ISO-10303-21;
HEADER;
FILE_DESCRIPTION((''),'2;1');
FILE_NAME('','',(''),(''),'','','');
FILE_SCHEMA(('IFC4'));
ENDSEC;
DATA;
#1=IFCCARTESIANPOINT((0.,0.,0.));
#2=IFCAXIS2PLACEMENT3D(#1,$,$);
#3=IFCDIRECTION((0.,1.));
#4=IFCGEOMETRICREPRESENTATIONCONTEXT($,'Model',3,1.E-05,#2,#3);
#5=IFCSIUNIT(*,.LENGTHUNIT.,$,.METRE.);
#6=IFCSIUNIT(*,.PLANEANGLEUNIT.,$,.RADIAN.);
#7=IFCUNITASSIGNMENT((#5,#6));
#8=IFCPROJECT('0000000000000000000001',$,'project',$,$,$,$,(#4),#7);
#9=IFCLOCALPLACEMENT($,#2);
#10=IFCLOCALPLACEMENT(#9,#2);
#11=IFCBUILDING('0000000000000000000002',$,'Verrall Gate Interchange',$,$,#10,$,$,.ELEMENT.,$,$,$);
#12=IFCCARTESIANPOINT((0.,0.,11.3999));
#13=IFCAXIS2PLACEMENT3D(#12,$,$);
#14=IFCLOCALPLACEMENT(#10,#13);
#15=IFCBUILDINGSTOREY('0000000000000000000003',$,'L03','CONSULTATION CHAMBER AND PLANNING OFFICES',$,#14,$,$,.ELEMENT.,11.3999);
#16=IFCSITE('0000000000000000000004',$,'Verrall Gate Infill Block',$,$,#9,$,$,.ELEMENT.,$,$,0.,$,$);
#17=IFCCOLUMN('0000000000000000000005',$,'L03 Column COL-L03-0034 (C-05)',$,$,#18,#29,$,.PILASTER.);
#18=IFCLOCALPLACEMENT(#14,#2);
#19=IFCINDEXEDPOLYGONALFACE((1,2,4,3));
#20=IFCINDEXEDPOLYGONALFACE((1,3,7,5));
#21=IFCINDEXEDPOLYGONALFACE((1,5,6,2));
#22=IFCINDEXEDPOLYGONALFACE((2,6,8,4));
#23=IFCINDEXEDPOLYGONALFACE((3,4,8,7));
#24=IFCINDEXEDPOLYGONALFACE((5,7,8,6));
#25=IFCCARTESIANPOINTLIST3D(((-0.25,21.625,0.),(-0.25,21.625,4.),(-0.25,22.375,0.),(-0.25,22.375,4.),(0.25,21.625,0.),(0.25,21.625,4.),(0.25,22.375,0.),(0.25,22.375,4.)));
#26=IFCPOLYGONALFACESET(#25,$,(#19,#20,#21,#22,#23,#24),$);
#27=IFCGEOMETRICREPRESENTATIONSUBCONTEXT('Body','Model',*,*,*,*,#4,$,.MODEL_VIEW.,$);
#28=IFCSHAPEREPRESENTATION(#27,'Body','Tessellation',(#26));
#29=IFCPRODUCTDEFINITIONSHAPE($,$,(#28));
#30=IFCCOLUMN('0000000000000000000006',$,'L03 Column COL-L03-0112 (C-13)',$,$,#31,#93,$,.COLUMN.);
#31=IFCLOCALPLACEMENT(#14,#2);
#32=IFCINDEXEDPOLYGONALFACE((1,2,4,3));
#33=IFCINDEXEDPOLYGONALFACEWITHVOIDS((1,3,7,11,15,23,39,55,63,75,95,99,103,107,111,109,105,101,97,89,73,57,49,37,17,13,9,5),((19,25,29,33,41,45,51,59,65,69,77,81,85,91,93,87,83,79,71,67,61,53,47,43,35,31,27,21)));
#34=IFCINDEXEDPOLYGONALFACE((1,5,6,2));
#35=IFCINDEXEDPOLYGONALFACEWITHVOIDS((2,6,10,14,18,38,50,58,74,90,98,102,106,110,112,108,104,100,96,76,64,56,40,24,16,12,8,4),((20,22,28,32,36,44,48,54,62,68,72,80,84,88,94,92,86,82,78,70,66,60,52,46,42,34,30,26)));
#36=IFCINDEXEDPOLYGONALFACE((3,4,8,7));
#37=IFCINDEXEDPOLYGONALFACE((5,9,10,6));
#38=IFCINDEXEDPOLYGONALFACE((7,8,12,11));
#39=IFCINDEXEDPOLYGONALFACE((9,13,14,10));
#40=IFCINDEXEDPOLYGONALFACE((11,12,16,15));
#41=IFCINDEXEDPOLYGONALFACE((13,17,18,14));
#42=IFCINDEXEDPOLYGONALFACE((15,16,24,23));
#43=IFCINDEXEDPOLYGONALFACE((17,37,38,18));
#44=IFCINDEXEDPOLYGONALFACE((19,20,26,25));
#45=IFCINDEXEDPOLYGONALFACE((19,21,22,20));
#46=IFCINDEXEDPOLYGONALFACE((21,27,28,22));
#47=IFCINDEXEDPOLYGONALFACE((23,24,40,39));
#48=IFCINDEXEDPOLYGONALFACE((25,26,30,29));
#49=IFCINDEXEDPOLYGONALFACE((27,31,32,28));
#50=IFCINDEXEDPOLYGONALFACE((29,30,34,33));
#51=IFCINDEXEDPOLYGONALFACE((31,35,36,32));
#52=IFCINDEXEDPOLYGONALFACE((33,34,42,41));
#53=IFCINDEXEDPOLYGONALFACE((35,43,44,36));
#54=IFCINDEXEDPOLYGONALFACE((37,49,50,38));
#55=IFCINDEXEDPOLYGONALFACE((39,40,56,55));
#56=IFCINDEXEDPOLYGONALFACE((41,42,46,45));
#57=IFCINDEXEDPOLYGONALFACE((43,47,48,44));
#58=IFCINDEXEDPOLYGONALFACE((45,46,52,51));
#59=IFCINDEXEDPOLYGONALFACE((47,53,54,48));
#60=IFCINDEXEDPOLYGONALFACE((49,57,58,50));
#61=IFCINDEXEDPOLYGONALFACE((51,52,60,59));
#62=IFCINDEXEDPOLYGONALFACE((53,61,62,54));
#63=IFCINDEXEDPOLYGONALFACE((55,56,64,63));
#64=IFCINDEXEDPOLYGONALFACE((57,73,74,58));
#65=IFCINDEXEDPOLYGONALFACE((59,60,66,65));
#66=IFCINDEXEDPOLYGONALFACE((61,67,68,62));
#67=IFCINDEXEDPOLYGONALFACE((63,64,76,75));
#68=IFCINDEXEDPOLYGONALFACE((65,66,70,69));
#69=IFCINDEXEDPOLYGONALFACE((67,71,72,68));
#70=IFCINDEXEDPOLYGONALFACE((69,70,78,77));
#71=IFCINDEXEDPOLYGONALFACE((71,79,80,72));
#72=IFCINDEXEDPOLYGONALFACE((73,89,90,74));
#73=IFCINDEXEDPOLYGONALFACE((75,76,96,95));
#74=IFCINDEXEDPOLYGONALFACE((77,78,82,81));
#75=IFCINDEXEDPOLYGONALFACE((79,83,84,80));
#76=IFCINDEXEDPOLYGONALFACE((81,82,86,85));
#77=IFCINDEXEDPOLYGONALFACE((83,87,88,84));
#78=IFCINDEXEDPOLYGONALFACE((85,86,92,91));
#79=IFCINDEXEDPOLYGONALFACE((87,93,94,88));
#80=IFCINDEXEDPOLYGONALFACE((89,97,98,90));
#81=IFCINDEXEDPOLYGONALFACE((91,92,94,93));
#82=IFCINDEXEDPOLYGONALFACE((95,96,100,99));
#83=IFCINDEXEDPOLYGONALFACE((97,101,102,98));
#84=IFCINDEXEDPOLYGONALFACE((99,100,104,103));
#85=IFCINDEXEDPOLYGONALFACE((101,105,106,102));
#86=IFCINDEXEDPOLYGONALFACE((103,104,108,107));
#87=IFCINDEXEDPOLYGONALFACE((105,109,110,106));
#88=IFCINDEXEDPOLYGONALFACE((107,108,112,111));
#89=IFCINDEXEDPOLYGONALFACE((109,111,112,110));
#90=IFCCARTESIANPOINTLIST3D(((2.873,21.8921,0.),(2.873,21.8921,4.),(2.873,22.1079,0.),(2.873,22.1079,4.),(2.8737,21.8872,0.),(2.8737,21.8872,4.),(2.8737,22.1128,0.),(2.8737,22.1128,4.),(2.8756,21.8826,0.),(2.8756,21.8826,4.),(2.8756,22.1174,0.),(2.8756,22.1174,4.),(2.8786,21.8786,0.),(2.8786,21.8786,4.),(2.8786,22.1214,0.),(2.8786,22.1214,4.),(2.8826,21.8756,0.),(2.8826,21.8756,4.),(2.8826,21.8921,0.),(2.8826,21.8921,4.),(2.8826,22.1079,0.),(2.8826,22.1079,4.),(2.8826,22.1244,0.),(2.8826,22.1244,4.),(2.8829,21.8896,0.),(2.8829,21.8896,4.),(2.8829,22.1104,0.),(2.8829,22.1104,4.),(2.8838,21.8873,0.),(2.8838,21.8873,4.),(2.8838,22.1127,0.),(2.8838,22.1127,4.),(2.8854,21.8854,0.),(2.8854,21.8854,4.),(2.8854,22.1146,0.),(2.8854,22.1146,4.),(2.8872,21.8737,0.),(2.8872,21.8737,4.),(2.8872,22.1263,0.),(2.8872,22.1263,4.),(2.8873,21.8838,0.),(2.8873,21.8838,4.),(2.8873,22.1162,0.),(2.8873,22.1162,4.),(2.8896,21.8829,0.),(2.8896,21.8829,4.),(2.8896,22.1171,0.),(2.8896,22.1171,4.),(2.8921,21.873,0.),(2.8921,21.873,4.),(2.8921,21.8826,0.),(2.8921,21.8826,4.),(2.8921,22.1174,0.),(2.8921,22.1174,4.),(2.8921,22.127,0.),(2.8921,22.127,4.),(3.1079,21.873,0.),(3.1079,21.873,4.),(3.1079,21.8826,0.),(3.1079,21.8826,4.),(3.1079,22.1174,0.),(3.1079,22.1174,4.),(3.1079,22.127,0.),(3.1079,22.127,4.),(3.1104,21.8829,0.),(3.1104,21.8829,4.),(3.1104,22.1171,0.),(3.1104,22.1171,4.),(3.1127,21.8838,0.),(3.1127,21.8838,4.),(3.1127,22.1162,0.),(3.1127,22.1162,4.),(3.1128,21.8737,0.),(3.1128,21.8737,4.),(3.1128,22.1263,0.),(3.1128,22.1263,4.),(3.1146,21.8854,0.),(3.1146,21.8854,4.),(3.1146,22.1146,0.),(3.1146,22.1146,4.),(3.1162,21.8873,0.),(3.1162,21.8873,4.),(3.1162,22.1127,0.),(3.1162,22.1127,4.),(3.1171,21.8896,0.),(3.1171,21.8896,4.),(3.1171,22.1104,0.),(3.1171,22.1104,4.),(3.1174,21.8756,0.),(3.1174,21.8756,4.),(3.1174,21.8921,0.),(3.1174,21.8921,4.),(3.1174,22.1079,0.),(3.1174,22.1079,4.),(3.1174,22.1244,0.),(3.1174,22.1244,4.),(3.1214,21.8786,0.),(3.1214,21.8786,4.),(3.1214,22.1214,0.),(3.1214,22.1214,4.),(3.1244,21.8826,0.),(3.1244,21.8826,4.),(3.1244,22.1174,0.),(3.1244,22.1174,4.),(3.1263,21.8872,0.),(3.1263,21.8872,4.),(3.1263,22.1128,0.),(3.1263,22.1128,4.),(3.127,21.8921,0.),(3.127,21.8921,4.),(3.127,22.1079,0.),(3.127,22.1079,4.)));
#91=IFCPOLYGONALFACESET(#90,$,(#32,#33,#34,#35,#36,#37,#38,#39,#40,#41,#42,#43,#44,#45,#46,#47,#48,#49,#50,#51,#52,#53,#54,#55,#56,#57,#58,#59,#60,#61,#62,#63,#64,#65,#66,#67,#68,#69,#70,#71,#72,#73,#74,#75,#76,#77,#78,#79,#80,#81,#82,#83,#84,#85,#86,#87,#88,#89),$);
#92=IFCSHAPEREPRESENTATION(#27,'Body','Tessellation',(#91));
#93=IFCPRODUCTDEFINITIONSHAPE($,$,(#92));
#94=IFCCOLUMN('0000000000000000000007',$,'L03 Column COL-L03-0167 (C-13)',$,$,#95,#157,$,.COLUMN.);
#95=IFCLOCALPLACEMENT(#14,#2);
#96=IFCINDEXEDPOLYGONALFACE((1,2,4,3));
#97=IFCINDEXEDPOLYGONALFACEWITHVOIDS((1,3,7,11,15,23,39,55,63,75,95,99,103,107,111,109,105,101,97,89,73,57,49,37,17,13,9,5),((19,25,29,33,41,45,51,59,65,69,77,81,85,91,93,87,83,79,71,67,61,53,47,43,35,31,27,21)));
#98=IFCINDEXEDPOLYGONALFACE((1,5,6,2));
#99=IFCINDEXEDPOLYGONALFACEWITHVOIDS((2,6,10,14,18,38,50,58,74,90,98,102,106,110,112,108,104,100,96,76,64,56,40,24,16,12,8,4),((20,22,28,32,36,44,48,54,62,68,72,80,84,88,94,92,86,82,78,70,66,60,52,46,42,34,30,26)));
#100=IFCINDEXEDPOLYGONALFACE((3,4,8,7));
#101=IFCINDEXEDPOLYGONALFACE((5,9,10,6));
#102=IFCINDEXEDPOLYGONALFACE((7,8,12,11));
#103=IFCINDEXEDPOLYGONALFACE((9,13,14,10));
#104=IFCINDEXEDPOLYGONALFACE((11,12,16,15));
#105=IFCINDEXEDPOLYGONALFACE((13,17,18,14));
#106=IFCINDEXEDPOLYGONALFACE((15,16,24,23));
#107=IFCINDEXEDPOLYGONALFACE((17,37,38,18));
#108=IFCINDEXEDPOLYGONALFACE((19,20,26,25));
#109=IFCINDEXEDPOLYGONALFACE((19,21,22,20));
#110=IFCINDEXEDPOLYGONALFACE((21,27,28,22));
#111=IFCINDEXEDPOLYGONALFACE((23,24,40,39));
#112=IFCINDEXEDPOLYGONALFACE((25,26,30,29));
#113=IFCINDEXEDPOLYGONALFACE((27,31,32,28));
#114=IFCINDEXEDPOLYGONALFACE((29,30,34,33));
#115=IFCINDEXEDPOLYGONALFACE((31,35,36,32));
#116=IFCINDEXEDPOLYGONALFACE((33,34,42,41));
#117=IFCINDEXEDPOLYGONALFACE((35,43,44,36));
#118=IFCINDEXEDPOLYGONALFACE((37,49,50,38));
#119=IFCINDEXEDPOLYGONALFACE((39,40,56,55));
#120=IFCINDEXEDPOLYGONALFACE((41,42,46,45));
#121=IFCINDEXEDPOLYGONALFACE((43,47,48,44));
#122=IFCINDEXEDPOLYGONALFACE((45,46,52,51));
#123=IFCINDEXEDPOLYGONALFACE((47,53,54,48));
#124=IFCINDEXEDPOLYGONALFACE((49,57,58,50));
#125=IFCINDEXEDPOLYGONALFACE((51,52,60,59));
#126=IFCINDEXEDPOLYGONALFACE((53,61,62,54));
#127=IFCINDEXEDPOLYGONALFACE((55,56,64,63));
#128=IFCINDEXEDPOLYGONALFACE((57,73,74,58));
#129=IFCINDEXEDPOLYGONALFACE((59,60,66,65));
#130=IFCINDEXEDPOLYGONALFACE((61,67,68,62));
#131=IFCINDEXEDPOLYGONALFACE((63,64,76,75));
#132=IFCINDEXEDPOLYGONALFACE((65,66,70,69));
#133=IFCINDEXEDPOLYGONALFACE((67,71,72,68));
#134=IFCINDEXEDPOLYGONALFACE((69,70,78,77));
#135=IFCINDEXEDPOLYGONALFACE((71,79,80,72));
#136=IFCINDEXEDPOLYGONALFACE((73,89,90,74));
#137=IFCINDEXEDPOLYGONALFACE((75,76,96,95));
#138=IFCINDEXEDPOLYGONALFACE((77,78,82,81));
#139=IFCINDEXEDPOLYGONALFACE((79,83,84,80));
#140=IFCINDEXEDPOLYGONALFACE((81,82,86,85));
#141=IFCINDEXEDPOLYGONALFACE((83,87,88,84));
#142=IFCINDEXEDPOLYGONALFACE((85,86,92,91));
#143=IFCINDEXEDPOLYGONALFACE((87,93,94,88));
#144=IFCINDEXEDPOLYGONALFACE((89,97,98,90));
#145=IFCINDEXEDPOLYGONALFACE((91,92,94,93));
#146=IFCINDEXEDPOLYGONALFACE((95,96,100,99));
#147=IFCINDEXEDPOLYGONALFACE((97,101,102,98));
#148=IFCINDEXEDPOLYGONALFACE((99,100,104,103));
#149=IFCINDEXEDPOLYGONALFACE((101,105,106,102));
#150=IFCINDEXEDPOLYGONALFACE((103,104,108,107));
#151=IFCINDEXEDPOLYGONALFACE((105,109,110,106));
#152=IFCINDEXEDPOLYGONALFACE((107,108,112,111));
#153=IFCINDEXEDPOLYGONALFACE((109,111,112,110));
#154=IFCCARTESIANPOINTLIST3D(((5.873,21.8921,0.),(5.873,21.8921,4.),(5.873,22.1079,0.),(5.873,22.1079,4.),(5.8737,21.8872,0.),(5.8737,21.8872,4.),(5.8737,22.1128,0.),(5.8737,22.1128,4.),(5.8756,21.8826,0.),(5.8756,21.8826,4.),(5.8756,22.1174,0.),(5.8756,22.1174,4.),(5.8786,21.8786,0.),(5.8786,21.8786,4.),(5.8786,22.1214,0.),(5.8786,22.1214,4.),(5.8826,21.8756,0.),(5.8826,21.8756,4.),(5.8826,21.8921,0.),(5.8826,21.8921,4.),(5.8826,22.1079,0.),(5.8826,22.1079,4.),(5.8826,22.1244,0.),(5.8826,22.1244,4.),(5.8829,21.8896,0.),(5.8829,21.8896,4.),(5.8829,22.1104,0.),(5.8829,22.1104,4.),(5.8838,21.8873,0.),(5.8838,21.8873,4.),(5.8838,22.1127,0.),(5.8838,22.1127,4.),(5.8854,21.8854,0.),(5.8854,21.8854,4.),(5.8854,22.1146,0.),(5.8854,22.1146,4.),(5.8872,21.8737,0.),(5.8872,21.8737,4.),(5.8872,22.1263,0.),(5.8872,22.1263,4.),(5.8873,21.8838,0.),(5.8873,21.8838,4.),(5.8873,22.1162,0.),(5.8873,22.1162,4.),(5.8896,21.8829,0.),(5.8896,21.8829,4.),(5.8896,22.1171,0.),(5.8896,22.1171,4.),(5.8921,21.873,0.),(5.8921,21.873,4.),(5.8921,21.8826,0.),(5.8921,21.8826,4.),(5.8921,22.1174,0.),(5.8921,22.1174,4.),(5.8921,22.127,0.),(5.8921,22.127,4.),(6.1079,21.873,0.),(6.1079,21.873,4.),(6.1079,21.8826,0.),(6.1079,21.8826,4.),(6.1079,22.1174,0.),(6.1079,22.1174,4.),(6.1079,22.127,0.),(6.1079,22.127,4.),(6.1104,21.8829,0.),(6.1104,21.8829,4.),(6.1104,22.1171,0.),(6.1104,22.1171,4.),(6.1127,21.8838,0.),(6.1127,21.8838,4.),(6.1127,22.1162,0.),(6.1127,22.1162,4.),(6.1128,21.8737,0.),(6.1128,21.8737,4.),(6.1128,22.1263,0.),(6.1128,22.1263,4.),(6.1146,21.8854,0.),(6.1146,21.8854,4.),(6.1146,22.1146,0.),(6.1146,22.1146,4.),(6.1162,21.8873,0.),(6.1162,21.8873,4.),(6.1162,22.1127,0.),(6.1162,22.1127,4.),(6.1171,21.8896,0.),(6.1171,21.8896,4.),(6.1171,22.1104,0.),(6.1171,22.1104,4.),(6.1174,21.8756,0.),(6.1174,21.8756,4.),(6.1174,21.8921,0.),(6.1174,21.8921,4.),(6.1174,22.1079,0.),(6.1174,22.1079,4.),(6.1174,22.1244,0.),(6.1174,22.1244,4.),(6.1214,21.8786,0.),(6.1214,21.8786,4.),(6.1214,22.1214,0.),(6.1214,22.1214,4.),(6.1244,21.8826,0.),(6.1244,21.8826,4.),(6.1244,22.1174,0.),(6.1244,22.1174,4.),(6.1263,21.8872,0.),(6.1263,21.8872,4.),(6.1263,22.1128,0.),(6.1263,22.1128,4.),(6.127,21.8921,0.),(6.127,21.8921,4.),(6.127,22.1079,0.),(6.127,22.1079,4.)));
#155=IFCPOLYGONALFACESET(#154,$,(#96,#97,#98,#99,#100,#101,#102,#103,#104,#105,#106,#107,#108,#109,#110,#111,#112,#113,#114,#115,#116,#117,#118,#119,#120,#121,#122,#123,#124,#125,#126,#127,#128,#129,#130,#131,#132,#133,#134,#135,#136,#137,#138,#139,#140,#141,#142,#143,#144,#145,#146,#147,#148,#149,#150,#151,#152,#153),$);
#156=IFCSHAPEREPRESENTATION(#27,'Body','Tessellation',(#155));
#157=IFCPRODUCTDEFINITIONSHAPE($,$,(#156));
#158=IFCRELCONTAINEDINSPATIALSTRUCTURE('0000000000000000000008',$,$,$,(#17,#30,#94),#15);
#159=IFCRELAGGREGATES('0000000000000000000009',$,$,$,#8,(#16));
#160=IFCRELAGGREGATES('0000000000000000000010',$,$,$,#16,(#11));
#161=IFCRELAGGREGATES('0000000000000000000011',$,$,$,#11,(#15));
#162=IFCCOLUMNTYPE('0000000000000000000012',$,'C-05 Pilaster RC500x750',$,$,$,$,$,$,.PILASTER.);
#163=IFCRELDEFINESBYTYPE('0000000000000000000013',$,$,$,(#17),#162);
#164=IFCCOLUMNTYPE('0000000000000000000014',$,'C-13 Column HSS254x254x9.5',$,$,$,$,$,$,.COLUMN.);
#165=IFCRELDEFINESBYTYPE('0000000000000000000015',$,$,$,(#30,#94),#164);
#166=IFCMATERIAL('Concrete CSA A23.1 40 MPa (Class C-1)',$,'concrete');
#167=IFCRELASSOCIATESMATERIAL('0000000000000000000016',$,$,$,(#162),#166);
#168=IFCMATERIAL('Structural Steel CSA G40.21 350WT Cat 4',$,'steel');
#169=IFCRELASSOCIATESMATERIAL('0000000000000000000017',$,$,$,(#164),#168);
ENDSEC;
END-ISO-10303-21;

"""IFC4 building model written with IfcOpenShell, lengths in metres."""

from ifc_helpers import new_model, si_unit, direction, frame, origin, origin_2d, place, context, subcontext, project, spatial, rectangle, hollow_rectangle, extrude, material, material_profile, profile_set, type_object, element, save


model = new_model("IFC4")

# Units and contexts
model_context = context("Model", 3, precision=1e-05, world=origin(), true_north=direction((0.0, 1.0)))
body_context = subcontext(model_context, "Body", "Model", "MODEL_VIEW")
ifc_project = project(units=[si_unit("LENGTHUNIT", "METRE"), si_unit("PLANEANGLEUNIT", "RADIAN")], contexts=[model_context])

# Site, building, storey
site_placement = place(None, origin())
site = spatial("IfcSite", under=ifc_project, at=site_placement, Name="Verrall Gate Infill Block", CompositionType="ELEMENT", RefElevation=0.0)
building_placement = place(site_placement, origin())
building = spatial("IfcBuilding", under=site, at=building_placement, Name="Verrall Gate Interchange", CompositionType="ELEMENT")
storey_placement = place(building_placement, frame((0.0, 0.0, 11.3999)))
storey = spatial("IfcBuildingStorey", under=building, at=storey_placement, Name="L03", Description="CONSULTATION CHAMBER AND PLANNING OFFICES", CompositionType="ELEMENT", Elevation=11.3999)

# Columns
ifc_material_1 = material(Name="Concrete CSA A23.1 40 MPa (Class C-1)", Category="concrete")
ifc_material_profile_1 = material_profile(ifc_material_1, rectangle(XDim=0.5, YDim=0.75, at=origin_2d()), Name="RC500x750")
ifc_profile_set_1 = profile_set([ifc_material_profile_1], Name="Concrete CSA A23.1 40 MPa (Class C-1)")
column_type_1 = type_object("IfcColumnType", Name="C-05 Pilaster RC500x750", PredefinedType="PILASTER", material=ifc_profile_set_1)
column_placement = place(storey_placement, frame((0.0, 22.0, 0.0), z_axis=(0.0, 0.0, 1.0), x_axis=(1.0, 0.0, 0.0)))
element("IfcColumn", 1, at=column_placement, inside=storey, type_object=column_type_1, Name="L03 Column COL-L03-0034 (C-05)", PredefinedType="PILASTER", context=body_context, shape_type="SweptSolid", body=[
    extrude(rectangle(XDim=0.5, YDim=0.75, at=origin_2d()), origin(), (0.0, 0.0, 1.0), 4.0),
])
ifc_material_2 = material(Name="Structural Steel CSA G40.21 350WT Cat 4", Category="steel")
ifc_material_profile_2 = material_profile(ifc_material_2, hollow_rectangle(XDim=0.2539, YDim=0.2539, WallThickness=0.0095, InnerFilletRadius=0.0095, OuterFilletRadius=0.019, at=origin_2d()), Name="HSS254x254x9.5")
ifc_profile_set_2 = profile_set([ifc_material_profile_2], Name="Structural Steel CSA G40.21 350WT Cat 4")
column_type_2 = type_object("IfcColumnType", Name="C-13 Column HSS254x254x9.5", PredefinedType="COLUMN", material=ifc_profile_set_2)
for number, where, z_axis, x_axis, name in (
    (2, (3.0, 22.0, 0.0), (0.0, 0.0, 1.0), (1.0, 0.0, 0.0), "L03 Column COL-L03-0112 (C-13)"),
    (3, (6.0, 22.0, 0.0), (0.0, 0.0, 1.0), (1.0, 0.0, 0.0), "L03 Column COL-L03-0167 (C-13)"),
):
    element("IfcColumn", number, at=place(storey_placement, frame(where, z_axis=z_axis, x_axis=x_axis)), inside=storey, type_object=column_type_2, Name=name, PredefinedType="COLUMN", context=body_context, shape_type="SweptSolid", body=[
        extrude(hollow_rectangle(XDim=0.2539, YDim=0.2539, WallThickness=0.0095, InnerFilletRadius=0.0095, OuterFilletRadius=0.019, at=origin_2d()), origin(), (0.0, 0.0, 1.0), 4.0),
    ])

save(model, "model.ifc")
